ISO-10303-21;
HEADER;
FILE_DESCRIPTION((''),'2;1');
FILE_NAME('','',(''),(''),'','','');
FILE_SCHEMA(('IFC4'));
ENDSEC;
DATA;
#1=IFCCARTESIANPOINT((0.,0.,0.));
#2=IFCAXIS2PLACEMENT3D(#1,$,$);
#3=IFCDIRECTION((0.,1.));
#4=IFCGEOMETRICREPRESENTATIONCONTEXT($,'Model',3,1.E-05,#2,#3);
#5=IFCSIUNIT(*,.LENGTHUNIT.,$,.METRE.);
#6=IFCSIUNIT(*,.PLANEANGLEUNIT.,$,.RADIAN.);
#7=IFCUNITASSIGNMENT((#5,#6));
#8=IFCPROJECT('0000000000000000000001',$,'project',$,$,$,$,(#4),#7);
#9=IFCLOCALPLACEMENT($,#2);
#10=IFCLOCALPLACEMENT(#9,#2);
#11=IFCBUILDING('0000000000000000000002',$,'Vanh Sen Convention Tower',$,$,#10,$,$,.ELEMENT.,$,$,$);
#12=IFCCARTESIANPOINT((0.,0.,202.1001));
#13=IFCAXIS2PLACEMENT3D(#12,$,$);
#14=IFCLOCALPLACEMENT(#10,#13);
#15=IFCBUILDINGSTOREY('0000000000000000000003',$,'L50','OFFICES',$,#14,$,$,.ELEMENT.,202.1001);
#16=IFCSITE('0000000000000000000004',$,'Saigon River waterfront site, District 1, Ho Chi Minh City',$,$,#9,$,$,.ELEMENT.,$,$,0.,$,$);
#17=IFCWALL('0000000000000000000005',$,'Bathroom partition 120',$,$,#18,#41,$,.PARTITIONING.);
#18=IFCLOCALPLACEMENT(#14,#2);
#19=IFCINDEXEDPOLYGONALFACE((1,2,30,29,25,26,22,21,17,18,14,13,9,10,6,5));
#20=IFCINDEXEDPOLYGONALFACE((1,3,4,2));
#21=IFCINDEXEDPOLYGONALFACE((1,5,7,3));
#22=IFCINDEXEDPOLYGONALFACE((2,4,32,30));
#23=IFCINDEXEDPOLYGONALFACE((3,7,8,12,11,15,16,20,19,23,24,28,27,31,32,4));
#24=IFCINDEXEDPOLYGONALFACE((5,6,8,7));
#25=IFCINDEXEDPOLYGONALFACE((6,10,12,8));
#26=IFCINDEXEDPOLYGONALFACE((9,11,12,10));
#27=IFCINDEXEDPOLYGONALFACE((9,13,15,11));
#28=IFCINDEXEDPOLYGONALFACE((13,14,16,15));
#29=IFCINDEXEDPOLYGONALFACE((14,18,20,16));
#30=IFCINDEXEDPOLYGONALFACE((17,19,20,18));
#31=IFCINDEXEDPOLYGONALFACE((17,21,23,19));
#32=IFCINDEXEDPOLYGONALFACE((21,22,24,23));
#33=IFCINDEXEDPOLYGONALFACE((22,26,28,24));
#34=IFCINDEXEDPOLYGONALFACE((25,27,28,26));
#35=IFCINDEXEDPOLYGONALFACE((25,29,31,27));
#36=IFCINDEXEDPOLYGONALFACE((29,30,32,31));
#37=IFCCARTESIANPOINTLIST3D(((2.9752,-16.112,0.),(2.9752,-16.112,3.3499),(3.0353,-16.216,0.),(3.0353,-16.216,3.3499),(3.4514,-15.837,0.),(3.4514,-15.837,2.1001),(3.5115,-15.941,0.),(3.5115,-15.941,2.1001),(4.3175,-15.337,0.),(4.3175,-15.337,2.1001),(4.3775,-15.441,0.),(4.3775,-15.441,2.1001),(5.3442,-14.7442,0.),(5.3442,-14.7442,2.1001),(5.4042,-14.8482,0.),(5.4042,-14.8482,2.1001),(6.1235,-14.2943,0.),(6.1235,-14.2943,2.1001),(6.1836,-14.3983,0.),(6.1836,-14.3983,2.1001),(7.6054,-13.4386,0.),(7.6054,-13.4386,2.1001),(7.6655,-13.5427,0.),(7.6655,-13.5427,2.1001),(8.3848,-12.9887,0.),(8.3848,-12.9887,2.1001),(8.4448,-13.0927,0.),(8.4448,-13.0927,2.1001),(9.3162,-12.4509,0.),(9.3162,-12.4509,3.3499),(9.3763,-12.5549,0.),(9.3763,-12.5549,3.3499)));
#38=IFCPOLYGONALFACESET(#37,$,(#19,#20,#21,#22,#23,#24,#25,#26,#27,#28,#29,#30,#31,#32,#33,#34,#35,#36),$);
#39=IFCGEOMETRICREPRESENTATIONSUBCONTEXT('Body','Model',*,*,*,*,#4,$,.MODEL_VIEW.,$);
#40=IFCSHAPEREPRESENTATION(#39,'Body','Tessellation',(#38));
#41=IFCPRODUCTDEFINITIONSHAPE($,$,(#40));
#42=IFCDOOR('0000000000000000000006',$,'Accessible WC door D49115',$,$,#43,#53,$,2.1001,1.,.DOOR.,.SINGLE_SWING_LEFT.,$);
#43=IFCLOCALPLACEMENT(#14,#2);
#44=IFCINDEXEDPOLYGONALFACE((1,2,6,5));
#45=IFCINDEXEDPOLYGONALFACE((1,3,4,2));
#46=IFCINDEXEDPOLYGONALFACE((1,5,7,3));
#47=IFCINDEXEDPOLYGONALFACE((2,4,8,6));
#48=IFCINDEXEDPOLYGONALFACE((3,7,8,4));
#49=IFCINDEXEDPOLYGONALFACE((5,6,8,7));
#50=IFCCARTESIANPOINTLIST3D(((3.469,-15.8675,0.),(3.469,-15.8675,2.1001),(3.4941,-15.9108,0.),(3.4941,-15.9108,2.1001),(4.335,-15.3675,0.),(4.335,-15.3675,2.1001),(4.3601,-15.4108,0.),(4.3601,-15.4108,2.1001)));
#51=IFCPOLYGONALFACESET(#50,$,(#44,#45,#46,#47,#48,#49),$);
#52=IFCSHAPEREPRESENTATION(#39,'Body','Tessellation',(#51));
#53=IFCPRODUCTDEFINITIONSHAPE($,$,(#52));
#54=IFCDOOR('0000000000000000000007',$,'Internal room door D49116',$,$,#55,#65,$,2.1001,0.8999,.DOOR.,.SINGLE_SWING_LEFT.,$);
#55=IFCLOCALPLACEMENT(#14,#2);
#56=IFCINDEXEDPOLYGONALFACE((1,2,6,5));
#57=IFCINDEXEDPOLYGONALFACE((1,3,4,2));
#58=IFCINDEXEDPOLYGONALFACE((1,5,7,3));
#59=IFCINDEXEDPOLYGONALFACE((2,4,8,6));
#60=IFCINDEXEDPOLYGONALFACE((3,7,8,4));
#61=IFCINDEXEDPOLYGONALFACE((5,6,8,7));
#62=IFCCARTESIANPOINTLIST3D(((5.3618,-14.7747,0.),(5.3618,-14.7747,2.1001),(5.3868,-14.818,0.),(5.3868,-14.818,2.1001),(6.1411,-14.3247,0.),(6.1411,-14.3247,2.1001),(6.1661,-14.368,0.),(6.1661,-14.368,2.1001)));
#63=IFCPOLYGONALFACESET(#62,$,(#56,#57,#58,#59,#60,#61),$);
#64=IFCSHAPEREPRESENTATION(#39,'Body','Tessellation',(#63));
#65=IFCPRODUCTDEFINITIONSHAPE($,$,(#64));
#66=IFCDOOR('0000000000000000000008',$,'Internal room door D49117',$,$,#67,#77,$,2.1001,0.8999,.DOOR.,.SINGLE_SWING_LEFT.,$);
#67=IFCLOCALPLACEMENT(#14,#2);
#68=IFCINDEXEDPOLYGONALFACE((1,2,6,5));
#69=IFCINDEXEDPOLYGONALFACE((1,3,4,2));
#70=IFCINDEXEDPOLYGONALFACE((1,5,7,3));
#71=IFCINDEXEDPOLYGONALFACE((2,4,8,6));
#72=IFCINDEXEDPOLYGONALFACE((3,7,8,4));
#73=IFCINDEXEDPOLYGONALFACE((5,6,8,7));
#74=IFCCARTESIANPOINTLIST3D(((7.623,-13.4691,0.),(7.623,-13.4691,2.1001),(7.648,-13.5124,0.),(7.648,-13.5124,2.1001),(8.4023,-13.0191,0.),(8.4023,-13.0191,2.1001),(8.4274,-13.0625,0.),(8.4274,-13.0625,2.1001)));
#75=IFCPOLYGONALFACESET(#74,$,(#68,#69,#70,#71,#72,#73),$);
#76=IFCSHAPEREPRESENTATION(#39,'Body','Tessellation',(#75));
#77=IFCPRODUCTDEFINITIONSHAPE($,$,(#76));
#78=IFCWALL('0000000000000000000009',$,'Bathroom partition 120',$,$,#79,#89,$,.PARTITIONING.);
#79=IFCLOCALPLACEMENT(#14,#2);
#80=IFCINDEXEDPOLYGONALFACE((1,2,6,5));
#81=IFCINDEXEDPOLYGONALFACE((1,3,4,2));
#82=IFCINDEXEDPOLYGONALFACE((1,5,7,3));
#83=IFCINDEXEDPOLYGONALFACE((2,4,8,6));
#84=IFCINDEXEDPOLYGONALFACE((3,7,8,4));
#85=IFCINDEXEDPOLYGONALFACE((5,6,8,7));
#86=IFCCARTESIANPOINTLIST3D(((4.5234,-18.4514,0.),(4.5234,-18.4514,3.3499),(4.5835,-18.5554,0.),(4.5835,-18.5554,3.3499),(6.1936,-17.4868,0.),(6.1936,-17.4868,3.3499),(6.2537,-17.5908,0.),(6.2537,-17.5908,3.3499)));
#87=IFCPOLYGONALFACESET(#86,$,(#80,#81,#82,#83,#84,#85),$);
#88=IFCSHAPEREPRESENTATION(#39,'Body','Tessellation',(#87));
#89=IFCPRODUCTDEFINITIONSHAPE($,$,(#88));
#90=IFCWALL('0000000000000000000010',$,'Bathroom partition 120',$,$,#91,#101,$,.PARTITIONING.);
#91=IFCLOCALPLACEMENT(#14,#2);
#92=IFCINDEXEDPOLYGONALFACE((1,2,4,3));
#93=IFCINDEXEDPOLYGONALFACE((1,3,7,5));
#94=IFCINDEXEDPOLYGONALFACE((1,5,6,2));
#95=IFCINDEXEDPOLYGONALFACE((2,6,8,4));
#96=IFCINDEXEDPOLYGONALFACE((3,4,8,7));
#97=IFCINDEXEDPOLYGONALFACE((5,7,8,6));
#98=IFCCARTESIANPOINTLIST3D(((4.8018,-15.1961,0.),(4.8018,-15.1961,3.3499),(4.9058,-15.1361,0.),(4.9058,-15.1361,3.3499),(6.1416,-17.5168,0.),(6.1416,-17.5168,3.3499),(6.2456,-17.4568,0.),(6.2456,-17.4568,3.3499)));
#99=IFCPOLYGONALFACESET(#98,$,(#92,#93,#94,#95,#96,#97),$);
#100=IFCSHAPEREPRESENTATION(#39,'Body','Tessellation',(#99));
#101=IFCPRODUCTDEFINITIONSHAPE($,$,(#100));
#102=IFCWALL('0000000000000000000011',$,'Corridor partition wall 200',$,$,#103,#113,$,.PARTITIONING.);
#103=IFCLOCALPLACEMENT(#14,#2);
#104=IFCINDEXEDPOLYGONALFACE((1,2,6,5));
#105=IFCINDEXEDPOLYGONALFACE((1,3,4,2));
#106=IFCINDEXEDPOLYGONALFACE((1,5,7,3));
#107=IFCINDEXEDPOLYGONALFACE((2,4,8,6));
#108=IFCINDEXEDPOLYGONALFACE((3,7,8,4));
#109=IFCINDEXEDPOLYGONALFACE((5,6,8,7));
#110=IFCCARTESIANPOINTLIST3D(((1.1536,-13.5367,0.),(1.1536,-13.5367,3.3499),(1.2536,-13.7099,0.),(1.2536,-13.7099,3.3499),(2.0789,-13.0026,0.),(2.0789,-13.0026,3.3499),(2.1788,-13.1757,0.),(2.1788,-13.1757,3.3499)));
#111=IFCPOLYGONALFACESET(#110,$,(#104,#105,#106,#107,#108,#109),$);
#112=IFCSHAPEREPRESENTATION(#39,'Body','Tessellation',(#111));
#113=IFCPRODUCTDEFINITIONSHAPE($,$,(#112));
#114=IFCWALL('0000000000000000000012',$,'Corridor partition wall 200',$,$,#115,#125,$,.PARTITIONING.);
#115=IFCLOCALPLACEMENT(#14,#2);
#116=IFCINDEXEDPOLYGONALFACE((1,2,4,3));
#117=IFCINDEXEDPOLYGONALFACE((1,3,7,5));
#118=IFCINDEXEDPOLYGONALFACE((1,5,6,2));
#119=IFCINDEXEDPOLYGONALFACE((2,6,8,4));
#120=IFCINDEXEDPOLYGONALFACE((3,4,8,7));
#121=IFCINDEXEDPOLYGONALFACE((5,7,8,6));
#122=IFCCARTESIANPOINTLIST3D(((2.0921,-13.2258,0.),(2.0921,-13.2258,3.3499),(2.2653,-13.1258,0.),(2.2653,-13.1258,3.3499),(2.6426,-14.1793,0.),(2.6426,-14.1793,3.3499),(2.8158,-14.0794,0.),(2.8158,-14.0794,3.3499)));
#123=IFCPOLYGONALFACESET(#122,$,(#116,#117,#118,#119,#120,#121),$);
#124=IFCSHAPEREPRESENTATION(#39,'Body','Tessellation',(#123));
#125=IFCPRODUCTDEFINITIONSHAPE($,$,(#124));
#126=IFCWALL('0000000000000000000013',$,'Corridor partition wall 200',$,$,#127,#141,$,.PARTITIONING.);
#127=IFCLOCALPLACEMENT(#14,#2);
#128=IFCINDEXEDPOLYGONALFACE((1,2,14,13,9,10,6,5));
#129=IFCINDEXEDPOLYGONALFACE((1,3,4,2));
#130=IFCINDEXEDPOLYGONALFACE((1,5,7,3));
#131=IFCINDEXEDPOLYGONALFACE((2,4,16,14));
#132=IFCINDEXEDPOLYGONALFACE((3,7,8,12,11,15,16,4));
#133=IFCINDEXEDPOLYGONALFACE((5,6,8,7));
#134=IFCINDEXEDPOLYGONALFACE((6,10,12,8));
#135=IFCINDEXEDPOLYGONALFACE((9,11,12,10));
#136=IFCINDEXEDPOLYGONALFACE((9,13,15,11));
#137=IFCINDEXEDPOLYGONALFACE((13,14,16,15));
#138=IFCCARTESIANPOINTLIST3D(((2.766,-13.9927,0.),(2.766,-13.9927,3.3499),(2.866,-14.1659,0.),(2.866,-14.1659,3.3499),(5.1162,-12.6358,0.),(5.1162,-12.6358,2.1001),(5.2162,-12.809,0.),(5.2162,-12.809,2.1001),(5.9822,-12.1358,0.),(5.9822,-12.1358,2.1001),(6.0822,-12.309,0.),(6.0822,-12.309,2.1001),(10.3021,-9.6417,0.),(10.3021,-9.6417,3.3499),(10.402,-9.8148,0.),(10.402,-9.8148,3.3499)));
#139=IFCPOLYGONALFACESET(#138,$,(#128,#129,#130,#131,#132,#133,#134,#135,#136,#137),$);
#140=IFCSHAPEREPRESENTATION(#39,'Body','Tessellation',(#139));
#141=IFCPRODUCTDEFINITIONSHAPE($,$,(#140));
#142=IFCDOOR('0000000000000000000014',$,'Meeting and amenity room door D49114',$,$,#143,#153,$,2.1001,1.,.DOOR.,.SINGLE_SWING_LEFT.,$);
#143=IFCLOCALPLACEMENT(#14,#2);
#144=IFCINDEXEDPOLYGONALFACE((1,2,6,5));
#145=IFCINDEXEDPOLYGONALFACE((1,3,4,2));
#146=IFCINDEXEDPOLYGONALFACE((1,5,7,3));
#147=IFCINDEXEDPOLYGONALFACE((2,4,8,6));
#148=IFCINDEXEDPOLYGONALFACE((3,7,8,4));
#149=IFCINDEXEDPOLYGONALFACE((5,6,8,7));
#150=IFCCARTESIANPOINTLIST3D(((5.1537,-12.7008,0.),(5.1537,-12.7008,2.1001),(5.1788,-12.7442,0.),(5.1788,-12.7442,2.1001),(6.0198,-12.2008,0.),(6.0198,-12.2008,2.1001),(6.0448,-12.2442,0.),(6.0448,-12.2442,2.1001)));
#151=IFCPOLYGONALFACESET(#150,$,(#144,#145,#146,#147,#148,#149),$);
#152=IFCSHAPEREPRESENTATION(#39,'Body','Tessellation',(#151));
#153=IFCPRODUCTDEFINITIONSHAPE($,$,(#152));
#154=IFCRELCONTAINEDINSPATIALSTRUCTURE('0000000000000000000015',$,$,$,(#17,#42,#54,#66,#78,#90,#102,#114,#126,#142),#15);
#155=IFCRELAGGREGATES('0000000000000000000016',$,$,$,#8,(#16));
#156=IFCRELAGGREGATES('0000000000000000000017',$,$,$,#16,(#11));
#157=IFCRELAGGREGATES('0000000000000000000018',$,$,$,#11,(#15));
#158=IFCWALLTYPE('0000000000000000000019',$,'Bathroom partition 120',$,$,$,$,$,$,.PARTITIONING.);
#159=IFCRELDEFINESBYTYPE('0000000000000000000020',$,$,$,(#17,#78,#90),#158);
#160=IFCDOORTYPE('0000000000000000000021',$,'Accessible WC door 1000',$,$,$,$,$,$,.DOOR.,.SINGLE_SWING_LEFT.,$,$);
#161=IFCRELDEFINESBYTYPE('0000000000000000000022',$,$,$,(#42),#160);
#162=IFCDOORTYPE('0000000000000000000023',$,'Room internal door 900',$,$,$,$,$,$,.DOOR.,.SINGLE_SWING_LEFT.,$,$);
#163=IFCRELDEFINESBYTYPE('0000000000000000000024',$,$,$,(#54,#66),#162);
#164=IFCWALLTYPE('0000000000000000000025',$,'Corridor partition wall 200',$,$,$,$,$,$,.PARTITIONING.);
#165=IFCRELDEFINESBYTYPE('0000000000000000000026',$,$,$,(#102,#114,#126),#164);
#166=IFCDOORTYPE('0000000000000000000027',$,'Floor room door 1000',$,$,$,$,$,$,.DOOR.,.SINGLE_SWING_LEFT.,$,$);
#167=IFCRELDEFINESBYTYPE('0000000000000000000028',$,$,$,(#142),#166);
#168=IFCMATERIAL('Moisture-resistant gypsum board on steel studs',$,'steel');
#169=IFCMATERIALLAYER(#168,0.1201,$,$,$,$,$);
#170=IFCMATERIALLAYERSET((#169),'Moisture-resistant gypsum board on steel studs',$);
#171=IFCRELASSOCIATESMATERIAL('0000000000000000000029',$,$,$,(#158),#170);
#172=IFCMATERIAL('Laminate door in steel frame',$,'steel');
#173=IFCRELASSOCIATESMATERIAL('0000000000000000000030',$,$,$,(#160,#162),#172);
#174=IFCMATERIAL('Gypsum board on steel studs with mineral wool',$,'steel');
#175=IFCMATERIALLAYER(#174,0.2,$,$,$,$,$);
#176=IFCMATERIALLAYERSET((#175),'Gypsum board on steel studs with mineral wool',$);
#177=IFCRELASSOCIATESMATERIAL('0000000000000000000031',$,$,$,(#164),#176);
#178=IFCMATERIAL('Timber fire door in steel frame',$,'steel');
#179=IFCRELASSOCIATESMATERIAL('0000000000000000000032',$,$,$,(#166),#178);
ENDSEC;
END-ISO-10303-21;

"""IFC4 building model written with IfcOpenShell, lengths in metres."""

from ifc_helpers import new_model, si_unit, direction, frame, frame_2d, origin, place, context, subcontext, project, spatial, rectangle, extrude, material, layer, layer_set, type_object, element, fill, save


model = new_model("IFC4")

# Units and contexts
model_context = context("Model", 3, precision=1e-05, world=origin(), true_north=direction((0.0, 1.0)))
body_context = subcontext(model_context, "Body", "Model", "MODEL_VIEW")
ifc_project = project(units=[si_unit("LENGTHUNIT", "METRE"), si_unit("PLANEANGLEUNIT", "RADIAN")], contexts=[model_context])

# Site, building, storey
site_placement = place(None, origin())
site = spatial("IfcSite", under=ifc_project, at=site_placement, Name="Saigon River waterfront site, District 1, Ho Chi Minh City", CompositionType="ELEMENT", RefElevation=0.0)
building_placement = place(site_placement, origin())
building = spatial("IfcBuilding", under=site, at=building_placement, Name="Vanh Sen Convention Tower", CompositionType="ELEMENT")
storey_placement = place(building_placement, frame((0.0, 0.0, 202.1001)))
storey = spatial("IfcBuildingStorey", under=building, at=storey_placement, Name="L50", Description="OFFICES", CompositionType="ELEMENT", Elevation=202.1001)

# Wall, openings, doors
ifc_material_1 = material(Name="Moisture-resistant gypsum board on steel studs", Category="steel")
ifc_layer_1 = layer(ifc_material_1, 0.1201)
ifc_layer_set_1 = layer_set([ifc_layer_1], Name="Moisture-resistant gypsum board on steel studs")
wall_type_1 = type_object("IfcWallType", Name="Bathroom partition 120", PredefinedType="PARTITIONING", material=ifc_layer_set_1)
wall_1_placement = place(storey_placement, frame((3.0051, -16.1641, 0.0), z_axis=(0.0, 0.0, 1.0), x_axis=(0.866018, 0.500012, 0.0)))
wall_1 = element("IfcWall", 1, at=wall_1_placement, inside=storey, type_object=wall_type_1, Name="Bathroom partition 120", PredefinedType="PARTITIONING", context=body_context, shape_type="SweptSolid", body=[
    extrude(rectangle(XDim=7.322, YDim=0.1201, at=frame_2d((3.6611, 0.0))), origin(), (0.0, 0.0, 1.0), 3.3499),
])
opening_1_placement = place(wall_1_placement, frame((0.55, 0.0, 0.0)))
opening_1 = element("IfcOpeningElement", 2, at=opening_1_placement, cuts=wall_1, PredefinedType="OPENING", context=body_context, shape_type="SweptSolid", body=[
    extrude(rectangle(XDim=1.0, YDim=2.1001, at=frame_2d((0.5, 1.05))), frame((0.0, 0.0701, 0.0), z_axis=(0.0, -1.0, 0.0), x_axis=(1.0, 0.0, 0.0)), (0.0, 0.0, 1.0), 0.1401),
])
opening_2_placement = place(wall_1_placement, frame((2.7356, 0.0, 0.0)))
opening_2 = element("IfcOpeningElement", 3, at=opening_2_placement, cuts=wall_1, PredefinedType="OPENING", context=body_context, shape_type="SweptSolid", body=[
    extrude(rectangle(XDim=0.8999, YDim=2.1001, at=frame_2d((0.45, 1.05))), frame((0.0, 0.0701, 0.0), z_axis=(0.0, -1.0, 0.0), x_axis=(1.0, 0.0, 0.0)), (0.0, 0.0, 1.0), 0.1401),
])
opening_3_placement = place(wall_1_placement, frame((5.3467, 0.0, 0.0)))
opening_3 = element("IfcOpeningElement", 4, at=opening_3_placement, cuts=wall_1, PredefinedType="OPENING", context=body_context, shape_type="SweptSolid", body=[
    extrude(rectangle(XDim=0.8999, YDim=2.1001, at=frame_2d((0.45, 1.05))), frame((0.0, 0.0701, 0.0), z_axis=(0.0, -1.0, 0.0), x_axis=(1.0, 0.0, 0.0)), (0.0, 0.0, 1.0), 0.1401),
])
ifc_material_2 = material(Name="Laminate door in steel frame", Category="steel")
door_type_1 = type_object("IfcDoorType", Name="Accessible WC door 1000", OperationType="SINGLE_SWING_LEFT", PredefinedType="DOOR", material=ifc_material_2)
door_1_placement = place(opening_1_placement, origin())
door_1 = element("IfcDoor", 5, at=door_1_placement, inside=storey, type_object=door_type_1, Name="Accessible WC door D49115", OperationType="SINGLE_SWING_LEFT", OverallHeight=2.1001, OverallWidth=1.0, PredefinedType="DOOR", context=body_context, shape_type="SweptSolid", body=[
    extrude(rectangle(XDim=1.0, YDim=2.1001, at=frame_2d((0.5, 1.05))), frame((0.0, 0.0249, 0.0), z_axis=(0.0, -1.0, 0.0), x_axis=(1.0, 0.0, 0.0)), (0.0, 0.0, 1.0), 0.05),
])
fill(opening_1, door_1)
door_type_2 = type_object("IfcDoorType", Name="Room internal door 900", OperationType="SINGLE_SWING_LEFT", PredefinedType="DOOR", material=ifc_material_2)
door_2_placement = place(opening_2_placement, origin())
door_2 = element("IfcDoor", 6, at=door_2_placement, inside=storey, type_object=door_type_2, Name="Internal room door D49116", OperationType="SINGLE_SWING_LEFT", OverallHeight=2.1001, OverallWidth=0.8999, PredefinedType="DOOR", context=body_context, shape_type="SweptSolid", body=[
    extrude(rectangle(XDim=0.8999, YDim=2.1001, at=frame_2d((0.45, 1.05))), frame((0.0, 0.0249, 0.0), z_axis=(0.0, -1.0, 0.0), x_axis=(1.0, 0.0, 0.0)), (0.0, 0.0, 1.0), 0.05),
])
fill(opening_2, door_2)
door_3_placement = place(opening_3_placement, origin())
door_3 = element("IfcDoor", 7, at=door_3_placement, inside=storey, type_object=door_type_2, Name="Internal room door D49117", OperationType="SINGLE_SWING_LEFT", OverallHeight=2.1001, OverallWidth=0.8999, PredefinedType="DOOR", context=body_context, shape_type="SweptSolid", body=[
    extrude(rectangle(XDim=0.8999, YDim=2.1001, at=frame_2d((0.45, 1.05))), frame((0.0, 0.0249, 0.0), z_axis=(0.0, -1.0, 0.0), x_axis=(1.0, 0.0, 0.0)), (0.0, 0.0, 1.0), 0.05),
])
fill(opening_3, door_3)

# Walls
wall_2_placement = place(storey_placement, frame((4.5535, -18.5034, 0.0), z_axis=(0.0, 0.0, 1.0), x_axis=(0.865952, 0.500128, 0.0)))
element("IfcWall", 8, at=wall_2_placement, inside=storey, type_object=wall_type_1, Name="Bathroom partition 120", PredefinedType="PARTITIONING", context=body_context, shape_type="SweptSolid", body=[
    extrude(rectangle(XDim=1.9287, YDim=0.1201, at=frame_2d((0.9644, 0.0))), origin(), (0.0, 0.0, 1.0), 3.3499),
])
wall_3_placement = place(storey_placement, frame((6.1936, -17.4868, 0.0), z_axis=(0.0, 0.0, 1.0), x_axis=(-0.49998, 0.866037, 0.0)))
element("IfcWall", 9, at=wall_3_placement, inside=storey, type_object=wall_type_1, Name="Bathroom partition 120", PredefinedType="PARTITIONING", context=body_context, shape_type="SweptSolid", body=[
    extrude(rectangle(XDim=2.6797, YDim=0.1201, at=frame_2d((1.3398, 0.0))), origin(), (0.0, 0.0, 1.0), 3.3499),
])
ifc_material_3 = material(Name="Gypsum board on steel studs with mineral wool", Category="steel")
ifc_layer_2 = layer(ifc_material_3, 0.2)
ifc_layer_set_2 = layer_set([ifc_layer_2], Name="Gypsum board on steel studs with mineral wool")
wall_type_2 = type_object("IfcWallType", Name="Corridor partition wall 200", PredefinedType="PARTITIONING", material=ifc_layer_set_2)
wall_4_placement = place(storey_placement, frame((1.2036, -13.6233, 0.0), z_axis=(0.0, 0.0, 1.0), x_axis=(0.866041, 0.499973, 0.0)))
element("IfcWall", 10, at=wall_4_placement, inside=storey, type_object=wall_type_2, Name="Corridor partition wall 200", PredefinedType="PARTITIONING", context=body_context, shape_type="SweptSolid", body=[
    extrude(rectangle(XDim=1.0684, YDim=0.2, at=frame_2d((0.5342, 0.0))), origin(), (0.0, 0.0, 1.0), 3.3499),
])
wall_5_placement = place(storey_placement, frame((2.1787, -13.1758, 0.0), z_axis=(0.0, 0.0, 1.0), x_axis=(0.499978, -0.866038, 0.0)))
element("IfcWall", 11, at=wall_5_placement, inside=storey, type_object=wall_type_2, Name="Corridor partition wall 200", PredefinedType="PARTITIONING", context=body_context, shape_type="SweptSolid", body=[
    extrude(rectangle(XDim=1.1011, YDim=0.2, at=frame_2d((0.5505, 0.0))), origin(), (0.0, 0.0, 1.0), 3.3499),
])

# Wall, opening, door
wall_6_placement = place(storey_placement, frame((2.8159, -14.0793, 0.0), z_axis=(0.0, 0.0, 1.0), x_axis=(0.866021, 0.500007, 0.0)))
wall_6 = element("IfcWall", 12, at=wall_6_placement, inside=storey, type_object=wall_type_2, Name="Corridor partition wall 200", PredefinedType="PARTITIONING", context=body_context, shape_type="SweptSolid", body=[
    extrude(rectangle(XDim=8.7019, YDim=0.2, at=frame_2d((4.3511, 0.0))), origin(), (0.0, 0.0, 1.0), 3.3499),
])
opening_4_placement = place(wall_6_placement, frame((2.7139, 0.0, 0.0)))
opening_4 = element("IfcOpeningElement", 13, at=opening_4_placement, cuts=wall_6, PredefinedType="OPENING", context=body_context, shape_type="SweptSolid", body=[
    extrude(rectangle(XDim=1.0, YDim=2.1001, at=frame_2d((0.5, 1.05))), frame((0.0, 0.1099, 0.0), z_axis=(0.0, -1.0, 0.0), x_axis=(1.0, 0.0, 0.0)), (0.0, 0.0, 1.0), 0.22),
])
ifc_material_4 = material(Name="Timber fire door in steel frame", Category="steel")
door_type_3 = type_object("IfcDoorType", Name="Floor room door 1000", OperationType="SINGLE_SWING_LEFT", PredefinedType="DOOR", material=ifc_material_4)
door_4_placement = place(opening_4_placement, origin())
door_4 = element("IfcDoor", 14, at=door_4_placement, inside=storey, type_object=door_type_3, Name="Meeting and amenity room door D49114", OperationType="SINGLE_SWING_LEFT", OverallHeight=2.1001, OverallWidth=1.0, PredefinedType="DOOR", context=body_context, shape_type="SweptSolid", body=[
    extrude(rectangle(XDim=1.0, YDim=2.1001, at=frame_2d((0.5, 1.05))), frame((0.0, 0.0249, 0.0), z_axis=(0.0, -1.0, 0.0), x_axis=(1.0, 0.0, 0.0)), (0.0, 0.0, 1.0), 0.05),
])
fill(opening_4, door_4)

save(model, "model.ifc")
